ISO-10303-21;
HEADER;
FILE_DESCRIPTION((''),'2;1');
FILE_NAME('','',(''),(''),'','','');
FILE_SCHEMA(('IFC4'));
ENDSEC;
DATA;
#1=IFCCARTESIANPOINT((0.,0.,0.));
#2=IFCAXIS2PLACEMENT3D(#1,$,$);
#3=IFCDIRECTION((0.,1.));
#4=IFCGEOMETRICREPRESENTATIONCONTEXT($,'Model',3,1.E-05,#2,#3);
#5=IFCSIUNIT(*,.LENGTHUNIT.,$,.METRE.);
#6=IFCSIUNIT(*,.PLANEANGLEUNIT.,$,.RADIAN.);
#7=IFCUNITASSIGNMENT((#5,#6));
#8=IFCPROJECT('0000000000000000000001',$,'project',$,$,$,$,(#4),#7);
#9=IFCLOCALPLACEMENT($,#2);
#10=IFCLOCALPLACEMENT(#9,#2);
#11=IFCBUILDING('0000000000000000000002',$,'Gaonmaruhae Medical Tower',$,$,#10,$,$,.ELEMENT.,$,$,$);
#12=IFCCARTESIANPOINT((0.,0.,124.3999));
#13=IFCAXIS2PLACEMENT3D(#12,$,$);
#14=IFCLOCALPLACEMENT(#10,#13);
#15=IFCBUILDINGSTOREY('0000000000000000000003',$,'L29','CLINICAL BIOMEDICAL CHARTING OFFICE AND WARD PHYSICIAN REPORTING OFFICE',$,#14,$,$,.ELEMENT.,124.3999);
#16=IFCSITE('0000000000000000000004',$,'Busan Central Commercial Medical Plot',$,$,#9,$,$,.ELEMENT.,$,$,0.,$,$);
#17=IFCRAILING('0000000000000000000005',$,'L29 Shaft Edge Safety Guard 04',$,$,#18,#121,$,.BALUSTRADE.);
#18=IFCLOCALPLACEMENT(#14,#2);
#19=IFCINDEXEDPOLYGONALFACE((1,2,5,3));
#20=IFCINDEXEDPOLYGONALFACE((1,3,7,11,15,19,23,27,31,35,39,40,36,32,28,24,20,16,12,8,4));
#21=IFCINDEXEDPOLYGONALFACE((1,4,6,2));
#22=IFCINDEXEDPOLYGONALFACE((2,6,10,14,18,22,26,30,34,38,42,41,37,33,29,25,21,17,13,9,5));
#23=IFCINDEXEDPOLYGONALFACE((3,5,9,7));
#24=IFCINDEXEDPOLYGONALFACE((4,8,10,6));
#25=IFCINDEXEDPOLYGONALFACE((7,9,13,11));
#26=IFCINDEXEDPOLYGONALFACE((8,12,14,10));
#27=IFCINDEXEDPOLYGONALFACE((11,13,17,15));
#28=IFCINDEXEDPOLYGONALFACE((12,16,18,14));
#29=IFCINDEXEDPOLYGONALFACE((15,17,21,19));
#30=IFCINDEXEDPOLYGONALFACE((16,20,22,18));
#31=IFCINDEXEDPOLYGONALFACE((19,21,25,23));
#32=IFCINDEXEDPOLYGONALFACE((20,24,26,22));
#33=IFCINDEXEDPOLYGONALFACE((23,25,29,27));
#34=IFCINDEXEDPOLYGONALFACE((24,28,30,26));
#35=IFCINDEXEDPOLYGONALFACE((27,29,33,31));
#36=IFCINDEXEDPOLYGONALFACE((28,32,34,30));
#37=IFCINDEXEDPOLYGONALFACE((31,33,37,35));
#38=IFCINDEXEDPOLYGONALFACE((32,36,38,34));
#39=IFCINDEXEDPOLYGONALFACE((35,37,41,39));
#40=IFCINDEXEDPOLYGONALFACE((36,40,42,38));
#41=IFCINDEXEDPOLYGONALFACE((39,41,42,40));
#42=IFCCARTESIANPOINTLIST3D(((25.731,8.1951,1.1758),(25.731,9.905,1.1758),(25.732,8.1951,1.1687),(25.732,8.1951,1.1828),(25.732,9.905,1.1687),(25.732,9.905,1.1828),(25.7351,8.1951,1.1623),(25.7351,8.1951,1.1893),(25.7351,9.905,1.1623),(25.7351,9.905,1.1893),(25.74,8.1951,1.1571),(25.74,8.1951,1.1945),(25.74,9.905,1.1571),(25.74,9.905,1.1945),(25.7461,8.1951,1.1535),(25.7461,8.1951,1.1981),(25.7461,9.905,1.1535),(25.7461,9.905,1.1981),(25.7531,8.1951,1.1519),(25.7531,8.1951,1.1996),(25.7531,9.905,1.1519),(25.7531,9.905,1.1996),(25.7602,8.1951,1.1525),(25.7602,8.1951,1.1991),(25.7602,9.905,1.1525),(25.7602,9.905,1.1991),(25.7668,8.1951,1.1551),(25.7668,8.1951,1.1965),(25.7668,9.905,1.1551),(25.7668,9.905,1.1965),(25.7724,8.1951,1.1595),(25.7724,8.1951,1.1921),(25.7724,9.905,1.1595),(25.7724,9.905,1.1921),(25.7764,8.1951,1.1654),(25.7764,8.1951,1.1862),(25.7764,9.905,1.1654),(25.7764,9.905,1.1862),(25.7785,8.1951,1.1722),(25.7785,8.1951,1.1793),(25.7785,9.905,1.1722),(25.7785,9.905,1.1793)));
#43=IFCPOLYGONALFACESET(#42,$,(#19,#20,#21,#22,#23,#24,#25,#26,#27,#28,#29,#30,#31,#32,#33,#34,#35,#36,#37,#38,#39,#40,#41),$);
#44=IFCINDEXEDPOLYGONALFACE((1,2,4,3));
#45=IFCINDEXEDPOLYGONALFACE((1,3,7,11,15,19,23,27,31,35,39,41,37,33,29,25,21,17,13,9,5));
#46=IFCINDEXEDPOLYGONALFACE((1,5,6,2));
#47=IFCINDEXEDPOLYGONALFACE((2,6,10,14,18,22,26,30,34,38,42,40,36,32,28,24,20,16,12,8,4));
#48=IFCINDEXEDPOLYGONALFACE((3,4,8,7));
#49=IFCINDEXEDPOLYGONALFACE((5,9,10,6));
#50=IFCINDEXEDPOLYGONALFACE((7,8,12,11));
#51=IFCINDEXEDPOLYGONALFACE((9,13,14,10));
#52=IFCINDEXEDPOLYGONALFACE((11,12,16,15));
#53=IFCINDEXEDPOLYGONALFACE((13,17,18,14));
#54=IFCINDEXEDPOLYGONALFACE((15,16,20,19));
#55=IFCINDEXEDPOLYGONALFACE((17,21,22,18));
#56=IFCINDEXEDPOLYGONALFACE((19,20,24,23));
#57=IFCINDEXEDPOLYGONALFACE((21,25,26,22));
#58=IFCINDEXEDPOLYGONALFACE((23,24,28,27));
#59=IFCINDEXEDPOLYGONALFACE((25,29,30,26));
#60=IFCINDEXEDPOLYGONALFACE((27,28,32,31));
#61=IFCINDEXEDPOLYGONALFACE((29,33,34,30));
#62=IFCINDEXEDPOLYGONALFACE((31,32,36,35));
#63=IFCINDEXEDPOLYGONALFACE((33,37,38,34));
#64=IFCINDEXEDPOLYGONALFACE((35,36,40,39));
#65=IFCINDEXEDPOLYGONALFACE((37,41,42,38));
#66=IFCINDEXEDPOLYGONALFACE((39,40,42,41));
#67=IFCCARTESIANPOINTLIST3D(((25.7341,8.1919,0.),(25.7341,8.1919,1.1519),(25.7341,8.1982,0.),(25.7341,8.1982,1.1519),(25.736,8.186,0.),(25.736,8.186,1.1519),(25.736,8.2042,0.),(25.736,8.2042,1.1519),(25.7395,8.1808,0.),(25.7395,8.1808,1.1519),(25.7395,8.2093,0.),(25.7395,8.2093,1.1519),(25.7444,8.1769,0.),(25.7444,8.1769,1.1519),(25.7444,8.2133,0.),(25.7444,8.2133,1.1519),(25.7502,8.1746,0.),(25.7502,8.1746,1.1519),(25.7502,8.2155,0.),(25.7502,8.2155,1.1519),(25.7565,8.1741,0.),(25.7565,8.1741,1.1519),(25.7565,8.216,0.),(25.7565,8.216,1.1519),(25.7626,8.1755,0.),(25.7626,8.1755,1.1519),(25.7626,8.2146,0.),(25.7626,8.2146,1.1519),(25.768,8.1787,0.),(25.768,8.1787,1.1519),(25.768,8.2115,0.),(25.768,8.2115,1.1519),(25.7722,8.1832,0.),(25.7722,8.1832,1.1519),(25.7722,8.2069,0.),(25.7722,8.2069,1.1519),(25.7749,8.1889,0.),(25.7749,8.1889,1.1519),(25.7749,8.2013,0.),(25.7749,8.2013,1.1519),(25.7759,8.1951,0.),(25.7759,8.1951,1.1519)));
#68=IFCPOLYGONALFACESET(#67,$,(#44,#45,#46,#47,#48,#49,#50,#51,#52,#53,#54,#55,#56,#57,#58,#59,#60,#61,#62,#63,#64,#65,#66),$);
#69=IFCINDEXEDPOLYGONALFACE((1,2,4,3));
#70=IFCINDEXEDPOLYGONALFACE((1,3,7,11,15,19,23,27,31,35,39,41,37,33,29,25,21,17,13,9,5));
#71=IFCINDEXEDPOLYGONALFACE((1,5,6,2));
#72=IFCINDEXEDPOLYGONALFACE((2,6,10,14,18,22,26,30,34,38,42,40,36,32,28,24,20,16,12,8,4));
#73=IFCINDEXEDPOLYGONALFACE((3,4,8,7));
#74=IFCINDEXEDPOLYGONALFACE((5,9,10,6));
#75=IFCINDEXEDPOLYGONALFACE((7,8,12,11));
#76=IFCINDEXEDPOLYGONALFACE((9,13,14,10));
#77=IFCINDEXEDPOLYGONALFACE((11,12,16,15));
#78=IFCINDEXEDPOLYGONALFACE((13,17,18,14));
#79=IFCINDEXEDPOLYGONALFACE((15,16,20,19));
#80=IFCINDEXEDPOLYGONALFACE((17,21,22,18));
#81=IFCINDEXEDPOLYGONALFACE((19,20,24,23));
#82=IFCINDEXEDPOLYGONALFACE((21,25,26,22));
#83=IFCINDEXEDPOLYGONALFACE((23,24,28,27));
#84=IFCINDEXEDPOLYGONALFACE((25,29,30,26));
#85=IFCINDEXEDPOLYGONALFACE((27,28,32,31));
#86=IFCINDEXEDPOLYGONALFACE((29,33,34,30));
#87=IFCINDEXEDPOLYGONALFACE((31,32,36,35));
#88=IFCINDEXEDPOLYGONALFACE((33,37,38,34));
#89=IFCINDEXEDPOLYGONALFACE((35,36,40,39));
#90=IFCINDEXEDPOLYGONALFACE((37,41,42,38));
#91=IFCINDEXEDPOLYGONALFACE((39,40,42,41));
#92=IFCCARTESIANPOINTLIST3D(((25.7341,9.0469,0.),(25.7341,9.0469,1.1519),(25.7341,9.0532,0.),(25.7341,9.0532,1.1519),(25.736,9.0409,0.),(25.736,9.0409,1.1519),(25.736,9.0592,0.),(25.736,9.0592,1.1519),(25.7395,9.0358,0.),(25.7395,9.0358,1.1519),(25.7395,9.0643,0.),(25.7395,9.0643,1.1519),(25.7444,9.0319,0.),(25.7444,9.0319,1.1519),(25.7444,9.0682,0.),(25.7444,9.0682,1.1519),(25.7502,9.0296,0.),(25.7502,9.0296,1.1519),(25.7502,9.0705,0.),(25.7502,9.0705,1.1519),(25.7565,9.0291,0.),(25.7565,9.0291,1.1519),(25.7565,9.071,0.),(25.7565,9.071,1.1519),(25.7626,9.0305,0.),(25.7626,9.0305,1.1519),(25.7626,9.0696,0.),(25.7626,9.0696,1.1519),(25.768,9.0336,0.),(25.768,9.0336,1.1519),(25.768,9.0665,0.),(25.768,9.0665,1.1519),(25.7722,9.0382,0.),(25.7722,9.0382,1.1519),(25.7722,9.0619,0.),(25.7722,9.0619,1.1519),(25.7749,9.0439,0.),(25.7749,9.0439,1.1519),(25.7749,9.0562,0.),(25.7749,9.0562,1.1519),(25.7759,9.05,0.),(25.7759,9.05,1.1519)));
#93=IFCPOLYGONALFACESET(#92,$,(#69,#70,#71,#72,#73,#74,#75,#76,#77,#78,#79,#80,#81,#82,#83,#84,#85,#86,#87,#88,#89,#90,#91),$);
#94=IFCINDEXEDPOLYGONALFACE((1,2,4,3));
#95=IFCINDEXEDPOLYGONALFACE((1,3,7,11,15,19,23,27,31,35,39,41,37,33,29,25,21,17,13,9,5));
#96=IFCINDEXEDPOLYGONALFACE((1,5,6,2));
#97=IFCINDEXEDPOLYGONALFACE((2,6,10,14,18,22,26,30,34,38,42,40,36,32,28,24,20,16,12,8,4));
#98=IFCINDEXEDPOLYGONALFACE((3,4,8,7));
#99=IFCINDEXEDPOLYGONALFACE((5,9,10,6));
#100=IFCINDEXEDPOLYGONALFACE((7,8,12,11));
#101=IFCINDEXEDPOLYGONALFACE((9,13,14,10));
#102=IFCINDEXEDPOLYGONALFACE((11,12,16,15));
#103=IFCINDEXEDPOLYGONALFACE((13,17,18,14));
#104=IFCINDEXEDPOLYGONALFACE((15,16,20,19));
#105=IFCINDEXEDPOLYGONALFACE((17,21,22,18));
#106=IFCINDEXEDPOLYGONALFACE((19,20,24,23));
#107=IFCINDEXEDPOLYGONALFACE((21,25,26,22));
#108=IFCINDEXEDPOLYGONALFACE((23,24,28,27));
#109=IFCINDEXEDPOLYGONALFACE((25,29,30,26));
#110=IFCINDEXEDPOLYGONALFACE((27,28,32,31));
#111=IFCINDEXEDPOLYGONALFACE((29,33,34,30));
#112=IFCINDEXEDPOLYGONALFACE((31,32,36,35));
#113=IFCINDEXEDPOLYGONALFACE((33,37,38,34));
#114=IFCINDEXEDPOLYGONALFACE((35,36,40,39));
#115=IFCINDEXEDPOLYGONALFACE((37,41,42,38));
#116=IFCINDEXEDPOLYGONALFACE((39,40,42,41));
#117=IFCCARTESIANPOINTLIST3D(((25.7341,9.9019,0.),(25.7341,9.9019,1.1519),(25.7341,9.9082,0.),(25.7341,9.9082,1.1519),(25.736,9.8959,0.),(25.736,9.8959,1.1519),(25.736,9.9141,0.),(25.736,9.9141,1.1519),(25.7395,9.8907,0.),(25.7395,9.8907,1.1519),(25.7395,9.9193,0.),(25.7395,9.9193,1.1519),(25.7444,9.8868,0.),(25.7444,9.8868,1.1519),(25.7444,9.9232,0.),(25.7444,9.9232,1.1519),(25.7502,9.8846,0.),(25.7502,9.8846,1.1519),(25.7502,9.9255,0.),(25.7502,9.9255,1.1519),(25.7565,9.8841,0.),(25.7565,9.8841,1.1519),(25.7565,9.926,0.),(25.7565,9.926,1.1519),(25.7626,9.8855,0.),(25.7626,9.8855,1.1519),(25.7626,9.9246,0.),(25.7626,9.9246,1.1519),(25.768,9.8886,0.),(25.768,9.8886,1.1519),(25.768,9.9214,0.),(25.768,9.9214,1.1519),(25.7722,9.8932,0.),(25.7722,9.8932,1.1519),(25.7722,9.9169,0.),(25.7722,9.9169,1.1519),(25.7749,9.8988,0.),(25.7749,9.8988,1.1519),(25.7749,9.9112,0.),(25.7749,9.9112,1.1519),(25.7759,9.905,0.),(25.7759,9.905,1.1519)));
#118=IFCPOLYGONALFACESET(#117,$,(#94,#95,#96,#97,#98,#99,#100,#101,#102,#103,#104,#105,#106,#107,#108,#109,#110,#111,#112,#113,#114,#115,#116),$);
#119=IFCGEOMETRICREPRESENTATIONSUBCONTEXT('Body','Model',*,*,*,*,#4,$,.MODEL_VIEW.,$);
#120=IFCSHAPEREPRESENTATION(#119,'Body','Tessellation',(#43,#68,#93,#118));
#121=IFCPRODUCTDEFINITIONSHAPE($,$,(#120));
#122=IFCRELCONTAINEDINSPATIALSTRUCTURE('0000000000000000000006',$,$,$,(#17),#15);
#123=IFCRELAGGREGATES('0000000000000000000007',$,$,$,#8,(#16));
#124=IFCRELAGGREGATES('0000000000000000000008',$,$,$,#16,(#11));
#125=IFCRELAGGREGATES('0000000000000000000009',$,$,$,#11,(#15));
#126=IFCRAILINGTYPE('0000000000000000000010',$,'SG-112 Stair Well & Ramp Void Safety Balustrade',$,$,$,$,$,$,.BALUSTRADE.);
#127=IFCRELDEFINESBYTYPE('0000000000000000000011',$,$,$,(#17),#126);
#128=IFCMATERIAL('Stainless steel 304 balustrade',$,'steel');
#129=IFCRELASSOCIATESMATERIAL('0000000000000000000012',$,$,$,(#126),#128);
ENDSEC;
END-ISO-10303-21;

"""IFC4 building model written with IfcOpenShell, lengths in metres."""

from ifc_helpers import new_model, si_unit, direction, frame, origin, origin_2d, place, context, subcontext, project, spatial, circle, extrude, material, type_object, element, save


model = new_model("IFC4")

# Units and contexts
model_context = context("Model", 3, precision=1e-05, world=origin(), true_north=direction((0.0, 1.0)))
body_context = subcontext(model_context, "Body", "Model", "MODEL_VIEW")
ifc_project = project(units=[si_unit("LENGTHUNIT", "METRE"), si_unit("PLANEANGLEUNIT", "RADIAN")], contexts=[model_context])

# Site, building, storey
site_placement = place(None, origin())
site = spatial("IfcSite", under=ifc_project, at=site_placement, Name="Busan Central Commercial Medical Plot", CompositionType="ELEMENT", RefElevation=0.0)
building_placement = place(site_placement, origin())
building = spatial("IfcBuilding", under=site, at=building_placement, Name="Gaonmaruhae Medical Tower", CompositionType="ELEMENT")
storey_placement = place(building_placement, frame((0.0, 0.0, 124.3999)))
storey = spatial("IfcBuildingStorey", under=building, at=storey_placement, Name="L29", Description="CLINICAL BIOMEDICAL CHARTING OFFICE AND WARD PHYSICIAN REPORTING OFFICE", CompositionType="ELEMENT", Elevation=124.3999)

# Railing
ifc_material_1 = material(Name="Stainless steel 304 balustrade", Category="steel")
railing_type_1 = type_object("IfcRailingType", Name="SG-112 Stair Well & Ramp Void Safety Balustrade", PredefinedType="BALUSTRADE", material=ifc_material_1)
railing_1_placement = place(storey_placement, frame((25.7549, 8.1951, 0.0)))
element("IfcRailing", 1, at=railing_1_placement, inside=storey, type_object=railing_type_1, Name="L29 Shaft Edge Safety Guard 04", PredefinedType="BALUSTRADE", context=body_context, shape_type="SweptSolid", body=[
    extrude(circle(Radius=0.0239, at=origin_2d()), frame((0.0, 0.0, 1.1758), z_axis=(0.0, 1.0, 0.0), x_axis=(-1.0, 0.0, 0.0)), (0.0, 0.0, 1.0), 1.71),
    extrude(circle(Radius=0.021, at=origin_2d()), origin(), (0.0, 0.0, 1.0), 1.1519),
    extrude(circle(Radius=0.021, at=origin_2d()), frame((0.0, 0.855, 0.0)), (0.0, 0.0, 1.0), 1.1519),
    extrude(circle(Radius=0.021, at=origin_2d()), frame((0.0, 1.71, 0.0)), (0.0, 0.0, 1.0), 1.1519),
])

save(model, "model.ifc")
